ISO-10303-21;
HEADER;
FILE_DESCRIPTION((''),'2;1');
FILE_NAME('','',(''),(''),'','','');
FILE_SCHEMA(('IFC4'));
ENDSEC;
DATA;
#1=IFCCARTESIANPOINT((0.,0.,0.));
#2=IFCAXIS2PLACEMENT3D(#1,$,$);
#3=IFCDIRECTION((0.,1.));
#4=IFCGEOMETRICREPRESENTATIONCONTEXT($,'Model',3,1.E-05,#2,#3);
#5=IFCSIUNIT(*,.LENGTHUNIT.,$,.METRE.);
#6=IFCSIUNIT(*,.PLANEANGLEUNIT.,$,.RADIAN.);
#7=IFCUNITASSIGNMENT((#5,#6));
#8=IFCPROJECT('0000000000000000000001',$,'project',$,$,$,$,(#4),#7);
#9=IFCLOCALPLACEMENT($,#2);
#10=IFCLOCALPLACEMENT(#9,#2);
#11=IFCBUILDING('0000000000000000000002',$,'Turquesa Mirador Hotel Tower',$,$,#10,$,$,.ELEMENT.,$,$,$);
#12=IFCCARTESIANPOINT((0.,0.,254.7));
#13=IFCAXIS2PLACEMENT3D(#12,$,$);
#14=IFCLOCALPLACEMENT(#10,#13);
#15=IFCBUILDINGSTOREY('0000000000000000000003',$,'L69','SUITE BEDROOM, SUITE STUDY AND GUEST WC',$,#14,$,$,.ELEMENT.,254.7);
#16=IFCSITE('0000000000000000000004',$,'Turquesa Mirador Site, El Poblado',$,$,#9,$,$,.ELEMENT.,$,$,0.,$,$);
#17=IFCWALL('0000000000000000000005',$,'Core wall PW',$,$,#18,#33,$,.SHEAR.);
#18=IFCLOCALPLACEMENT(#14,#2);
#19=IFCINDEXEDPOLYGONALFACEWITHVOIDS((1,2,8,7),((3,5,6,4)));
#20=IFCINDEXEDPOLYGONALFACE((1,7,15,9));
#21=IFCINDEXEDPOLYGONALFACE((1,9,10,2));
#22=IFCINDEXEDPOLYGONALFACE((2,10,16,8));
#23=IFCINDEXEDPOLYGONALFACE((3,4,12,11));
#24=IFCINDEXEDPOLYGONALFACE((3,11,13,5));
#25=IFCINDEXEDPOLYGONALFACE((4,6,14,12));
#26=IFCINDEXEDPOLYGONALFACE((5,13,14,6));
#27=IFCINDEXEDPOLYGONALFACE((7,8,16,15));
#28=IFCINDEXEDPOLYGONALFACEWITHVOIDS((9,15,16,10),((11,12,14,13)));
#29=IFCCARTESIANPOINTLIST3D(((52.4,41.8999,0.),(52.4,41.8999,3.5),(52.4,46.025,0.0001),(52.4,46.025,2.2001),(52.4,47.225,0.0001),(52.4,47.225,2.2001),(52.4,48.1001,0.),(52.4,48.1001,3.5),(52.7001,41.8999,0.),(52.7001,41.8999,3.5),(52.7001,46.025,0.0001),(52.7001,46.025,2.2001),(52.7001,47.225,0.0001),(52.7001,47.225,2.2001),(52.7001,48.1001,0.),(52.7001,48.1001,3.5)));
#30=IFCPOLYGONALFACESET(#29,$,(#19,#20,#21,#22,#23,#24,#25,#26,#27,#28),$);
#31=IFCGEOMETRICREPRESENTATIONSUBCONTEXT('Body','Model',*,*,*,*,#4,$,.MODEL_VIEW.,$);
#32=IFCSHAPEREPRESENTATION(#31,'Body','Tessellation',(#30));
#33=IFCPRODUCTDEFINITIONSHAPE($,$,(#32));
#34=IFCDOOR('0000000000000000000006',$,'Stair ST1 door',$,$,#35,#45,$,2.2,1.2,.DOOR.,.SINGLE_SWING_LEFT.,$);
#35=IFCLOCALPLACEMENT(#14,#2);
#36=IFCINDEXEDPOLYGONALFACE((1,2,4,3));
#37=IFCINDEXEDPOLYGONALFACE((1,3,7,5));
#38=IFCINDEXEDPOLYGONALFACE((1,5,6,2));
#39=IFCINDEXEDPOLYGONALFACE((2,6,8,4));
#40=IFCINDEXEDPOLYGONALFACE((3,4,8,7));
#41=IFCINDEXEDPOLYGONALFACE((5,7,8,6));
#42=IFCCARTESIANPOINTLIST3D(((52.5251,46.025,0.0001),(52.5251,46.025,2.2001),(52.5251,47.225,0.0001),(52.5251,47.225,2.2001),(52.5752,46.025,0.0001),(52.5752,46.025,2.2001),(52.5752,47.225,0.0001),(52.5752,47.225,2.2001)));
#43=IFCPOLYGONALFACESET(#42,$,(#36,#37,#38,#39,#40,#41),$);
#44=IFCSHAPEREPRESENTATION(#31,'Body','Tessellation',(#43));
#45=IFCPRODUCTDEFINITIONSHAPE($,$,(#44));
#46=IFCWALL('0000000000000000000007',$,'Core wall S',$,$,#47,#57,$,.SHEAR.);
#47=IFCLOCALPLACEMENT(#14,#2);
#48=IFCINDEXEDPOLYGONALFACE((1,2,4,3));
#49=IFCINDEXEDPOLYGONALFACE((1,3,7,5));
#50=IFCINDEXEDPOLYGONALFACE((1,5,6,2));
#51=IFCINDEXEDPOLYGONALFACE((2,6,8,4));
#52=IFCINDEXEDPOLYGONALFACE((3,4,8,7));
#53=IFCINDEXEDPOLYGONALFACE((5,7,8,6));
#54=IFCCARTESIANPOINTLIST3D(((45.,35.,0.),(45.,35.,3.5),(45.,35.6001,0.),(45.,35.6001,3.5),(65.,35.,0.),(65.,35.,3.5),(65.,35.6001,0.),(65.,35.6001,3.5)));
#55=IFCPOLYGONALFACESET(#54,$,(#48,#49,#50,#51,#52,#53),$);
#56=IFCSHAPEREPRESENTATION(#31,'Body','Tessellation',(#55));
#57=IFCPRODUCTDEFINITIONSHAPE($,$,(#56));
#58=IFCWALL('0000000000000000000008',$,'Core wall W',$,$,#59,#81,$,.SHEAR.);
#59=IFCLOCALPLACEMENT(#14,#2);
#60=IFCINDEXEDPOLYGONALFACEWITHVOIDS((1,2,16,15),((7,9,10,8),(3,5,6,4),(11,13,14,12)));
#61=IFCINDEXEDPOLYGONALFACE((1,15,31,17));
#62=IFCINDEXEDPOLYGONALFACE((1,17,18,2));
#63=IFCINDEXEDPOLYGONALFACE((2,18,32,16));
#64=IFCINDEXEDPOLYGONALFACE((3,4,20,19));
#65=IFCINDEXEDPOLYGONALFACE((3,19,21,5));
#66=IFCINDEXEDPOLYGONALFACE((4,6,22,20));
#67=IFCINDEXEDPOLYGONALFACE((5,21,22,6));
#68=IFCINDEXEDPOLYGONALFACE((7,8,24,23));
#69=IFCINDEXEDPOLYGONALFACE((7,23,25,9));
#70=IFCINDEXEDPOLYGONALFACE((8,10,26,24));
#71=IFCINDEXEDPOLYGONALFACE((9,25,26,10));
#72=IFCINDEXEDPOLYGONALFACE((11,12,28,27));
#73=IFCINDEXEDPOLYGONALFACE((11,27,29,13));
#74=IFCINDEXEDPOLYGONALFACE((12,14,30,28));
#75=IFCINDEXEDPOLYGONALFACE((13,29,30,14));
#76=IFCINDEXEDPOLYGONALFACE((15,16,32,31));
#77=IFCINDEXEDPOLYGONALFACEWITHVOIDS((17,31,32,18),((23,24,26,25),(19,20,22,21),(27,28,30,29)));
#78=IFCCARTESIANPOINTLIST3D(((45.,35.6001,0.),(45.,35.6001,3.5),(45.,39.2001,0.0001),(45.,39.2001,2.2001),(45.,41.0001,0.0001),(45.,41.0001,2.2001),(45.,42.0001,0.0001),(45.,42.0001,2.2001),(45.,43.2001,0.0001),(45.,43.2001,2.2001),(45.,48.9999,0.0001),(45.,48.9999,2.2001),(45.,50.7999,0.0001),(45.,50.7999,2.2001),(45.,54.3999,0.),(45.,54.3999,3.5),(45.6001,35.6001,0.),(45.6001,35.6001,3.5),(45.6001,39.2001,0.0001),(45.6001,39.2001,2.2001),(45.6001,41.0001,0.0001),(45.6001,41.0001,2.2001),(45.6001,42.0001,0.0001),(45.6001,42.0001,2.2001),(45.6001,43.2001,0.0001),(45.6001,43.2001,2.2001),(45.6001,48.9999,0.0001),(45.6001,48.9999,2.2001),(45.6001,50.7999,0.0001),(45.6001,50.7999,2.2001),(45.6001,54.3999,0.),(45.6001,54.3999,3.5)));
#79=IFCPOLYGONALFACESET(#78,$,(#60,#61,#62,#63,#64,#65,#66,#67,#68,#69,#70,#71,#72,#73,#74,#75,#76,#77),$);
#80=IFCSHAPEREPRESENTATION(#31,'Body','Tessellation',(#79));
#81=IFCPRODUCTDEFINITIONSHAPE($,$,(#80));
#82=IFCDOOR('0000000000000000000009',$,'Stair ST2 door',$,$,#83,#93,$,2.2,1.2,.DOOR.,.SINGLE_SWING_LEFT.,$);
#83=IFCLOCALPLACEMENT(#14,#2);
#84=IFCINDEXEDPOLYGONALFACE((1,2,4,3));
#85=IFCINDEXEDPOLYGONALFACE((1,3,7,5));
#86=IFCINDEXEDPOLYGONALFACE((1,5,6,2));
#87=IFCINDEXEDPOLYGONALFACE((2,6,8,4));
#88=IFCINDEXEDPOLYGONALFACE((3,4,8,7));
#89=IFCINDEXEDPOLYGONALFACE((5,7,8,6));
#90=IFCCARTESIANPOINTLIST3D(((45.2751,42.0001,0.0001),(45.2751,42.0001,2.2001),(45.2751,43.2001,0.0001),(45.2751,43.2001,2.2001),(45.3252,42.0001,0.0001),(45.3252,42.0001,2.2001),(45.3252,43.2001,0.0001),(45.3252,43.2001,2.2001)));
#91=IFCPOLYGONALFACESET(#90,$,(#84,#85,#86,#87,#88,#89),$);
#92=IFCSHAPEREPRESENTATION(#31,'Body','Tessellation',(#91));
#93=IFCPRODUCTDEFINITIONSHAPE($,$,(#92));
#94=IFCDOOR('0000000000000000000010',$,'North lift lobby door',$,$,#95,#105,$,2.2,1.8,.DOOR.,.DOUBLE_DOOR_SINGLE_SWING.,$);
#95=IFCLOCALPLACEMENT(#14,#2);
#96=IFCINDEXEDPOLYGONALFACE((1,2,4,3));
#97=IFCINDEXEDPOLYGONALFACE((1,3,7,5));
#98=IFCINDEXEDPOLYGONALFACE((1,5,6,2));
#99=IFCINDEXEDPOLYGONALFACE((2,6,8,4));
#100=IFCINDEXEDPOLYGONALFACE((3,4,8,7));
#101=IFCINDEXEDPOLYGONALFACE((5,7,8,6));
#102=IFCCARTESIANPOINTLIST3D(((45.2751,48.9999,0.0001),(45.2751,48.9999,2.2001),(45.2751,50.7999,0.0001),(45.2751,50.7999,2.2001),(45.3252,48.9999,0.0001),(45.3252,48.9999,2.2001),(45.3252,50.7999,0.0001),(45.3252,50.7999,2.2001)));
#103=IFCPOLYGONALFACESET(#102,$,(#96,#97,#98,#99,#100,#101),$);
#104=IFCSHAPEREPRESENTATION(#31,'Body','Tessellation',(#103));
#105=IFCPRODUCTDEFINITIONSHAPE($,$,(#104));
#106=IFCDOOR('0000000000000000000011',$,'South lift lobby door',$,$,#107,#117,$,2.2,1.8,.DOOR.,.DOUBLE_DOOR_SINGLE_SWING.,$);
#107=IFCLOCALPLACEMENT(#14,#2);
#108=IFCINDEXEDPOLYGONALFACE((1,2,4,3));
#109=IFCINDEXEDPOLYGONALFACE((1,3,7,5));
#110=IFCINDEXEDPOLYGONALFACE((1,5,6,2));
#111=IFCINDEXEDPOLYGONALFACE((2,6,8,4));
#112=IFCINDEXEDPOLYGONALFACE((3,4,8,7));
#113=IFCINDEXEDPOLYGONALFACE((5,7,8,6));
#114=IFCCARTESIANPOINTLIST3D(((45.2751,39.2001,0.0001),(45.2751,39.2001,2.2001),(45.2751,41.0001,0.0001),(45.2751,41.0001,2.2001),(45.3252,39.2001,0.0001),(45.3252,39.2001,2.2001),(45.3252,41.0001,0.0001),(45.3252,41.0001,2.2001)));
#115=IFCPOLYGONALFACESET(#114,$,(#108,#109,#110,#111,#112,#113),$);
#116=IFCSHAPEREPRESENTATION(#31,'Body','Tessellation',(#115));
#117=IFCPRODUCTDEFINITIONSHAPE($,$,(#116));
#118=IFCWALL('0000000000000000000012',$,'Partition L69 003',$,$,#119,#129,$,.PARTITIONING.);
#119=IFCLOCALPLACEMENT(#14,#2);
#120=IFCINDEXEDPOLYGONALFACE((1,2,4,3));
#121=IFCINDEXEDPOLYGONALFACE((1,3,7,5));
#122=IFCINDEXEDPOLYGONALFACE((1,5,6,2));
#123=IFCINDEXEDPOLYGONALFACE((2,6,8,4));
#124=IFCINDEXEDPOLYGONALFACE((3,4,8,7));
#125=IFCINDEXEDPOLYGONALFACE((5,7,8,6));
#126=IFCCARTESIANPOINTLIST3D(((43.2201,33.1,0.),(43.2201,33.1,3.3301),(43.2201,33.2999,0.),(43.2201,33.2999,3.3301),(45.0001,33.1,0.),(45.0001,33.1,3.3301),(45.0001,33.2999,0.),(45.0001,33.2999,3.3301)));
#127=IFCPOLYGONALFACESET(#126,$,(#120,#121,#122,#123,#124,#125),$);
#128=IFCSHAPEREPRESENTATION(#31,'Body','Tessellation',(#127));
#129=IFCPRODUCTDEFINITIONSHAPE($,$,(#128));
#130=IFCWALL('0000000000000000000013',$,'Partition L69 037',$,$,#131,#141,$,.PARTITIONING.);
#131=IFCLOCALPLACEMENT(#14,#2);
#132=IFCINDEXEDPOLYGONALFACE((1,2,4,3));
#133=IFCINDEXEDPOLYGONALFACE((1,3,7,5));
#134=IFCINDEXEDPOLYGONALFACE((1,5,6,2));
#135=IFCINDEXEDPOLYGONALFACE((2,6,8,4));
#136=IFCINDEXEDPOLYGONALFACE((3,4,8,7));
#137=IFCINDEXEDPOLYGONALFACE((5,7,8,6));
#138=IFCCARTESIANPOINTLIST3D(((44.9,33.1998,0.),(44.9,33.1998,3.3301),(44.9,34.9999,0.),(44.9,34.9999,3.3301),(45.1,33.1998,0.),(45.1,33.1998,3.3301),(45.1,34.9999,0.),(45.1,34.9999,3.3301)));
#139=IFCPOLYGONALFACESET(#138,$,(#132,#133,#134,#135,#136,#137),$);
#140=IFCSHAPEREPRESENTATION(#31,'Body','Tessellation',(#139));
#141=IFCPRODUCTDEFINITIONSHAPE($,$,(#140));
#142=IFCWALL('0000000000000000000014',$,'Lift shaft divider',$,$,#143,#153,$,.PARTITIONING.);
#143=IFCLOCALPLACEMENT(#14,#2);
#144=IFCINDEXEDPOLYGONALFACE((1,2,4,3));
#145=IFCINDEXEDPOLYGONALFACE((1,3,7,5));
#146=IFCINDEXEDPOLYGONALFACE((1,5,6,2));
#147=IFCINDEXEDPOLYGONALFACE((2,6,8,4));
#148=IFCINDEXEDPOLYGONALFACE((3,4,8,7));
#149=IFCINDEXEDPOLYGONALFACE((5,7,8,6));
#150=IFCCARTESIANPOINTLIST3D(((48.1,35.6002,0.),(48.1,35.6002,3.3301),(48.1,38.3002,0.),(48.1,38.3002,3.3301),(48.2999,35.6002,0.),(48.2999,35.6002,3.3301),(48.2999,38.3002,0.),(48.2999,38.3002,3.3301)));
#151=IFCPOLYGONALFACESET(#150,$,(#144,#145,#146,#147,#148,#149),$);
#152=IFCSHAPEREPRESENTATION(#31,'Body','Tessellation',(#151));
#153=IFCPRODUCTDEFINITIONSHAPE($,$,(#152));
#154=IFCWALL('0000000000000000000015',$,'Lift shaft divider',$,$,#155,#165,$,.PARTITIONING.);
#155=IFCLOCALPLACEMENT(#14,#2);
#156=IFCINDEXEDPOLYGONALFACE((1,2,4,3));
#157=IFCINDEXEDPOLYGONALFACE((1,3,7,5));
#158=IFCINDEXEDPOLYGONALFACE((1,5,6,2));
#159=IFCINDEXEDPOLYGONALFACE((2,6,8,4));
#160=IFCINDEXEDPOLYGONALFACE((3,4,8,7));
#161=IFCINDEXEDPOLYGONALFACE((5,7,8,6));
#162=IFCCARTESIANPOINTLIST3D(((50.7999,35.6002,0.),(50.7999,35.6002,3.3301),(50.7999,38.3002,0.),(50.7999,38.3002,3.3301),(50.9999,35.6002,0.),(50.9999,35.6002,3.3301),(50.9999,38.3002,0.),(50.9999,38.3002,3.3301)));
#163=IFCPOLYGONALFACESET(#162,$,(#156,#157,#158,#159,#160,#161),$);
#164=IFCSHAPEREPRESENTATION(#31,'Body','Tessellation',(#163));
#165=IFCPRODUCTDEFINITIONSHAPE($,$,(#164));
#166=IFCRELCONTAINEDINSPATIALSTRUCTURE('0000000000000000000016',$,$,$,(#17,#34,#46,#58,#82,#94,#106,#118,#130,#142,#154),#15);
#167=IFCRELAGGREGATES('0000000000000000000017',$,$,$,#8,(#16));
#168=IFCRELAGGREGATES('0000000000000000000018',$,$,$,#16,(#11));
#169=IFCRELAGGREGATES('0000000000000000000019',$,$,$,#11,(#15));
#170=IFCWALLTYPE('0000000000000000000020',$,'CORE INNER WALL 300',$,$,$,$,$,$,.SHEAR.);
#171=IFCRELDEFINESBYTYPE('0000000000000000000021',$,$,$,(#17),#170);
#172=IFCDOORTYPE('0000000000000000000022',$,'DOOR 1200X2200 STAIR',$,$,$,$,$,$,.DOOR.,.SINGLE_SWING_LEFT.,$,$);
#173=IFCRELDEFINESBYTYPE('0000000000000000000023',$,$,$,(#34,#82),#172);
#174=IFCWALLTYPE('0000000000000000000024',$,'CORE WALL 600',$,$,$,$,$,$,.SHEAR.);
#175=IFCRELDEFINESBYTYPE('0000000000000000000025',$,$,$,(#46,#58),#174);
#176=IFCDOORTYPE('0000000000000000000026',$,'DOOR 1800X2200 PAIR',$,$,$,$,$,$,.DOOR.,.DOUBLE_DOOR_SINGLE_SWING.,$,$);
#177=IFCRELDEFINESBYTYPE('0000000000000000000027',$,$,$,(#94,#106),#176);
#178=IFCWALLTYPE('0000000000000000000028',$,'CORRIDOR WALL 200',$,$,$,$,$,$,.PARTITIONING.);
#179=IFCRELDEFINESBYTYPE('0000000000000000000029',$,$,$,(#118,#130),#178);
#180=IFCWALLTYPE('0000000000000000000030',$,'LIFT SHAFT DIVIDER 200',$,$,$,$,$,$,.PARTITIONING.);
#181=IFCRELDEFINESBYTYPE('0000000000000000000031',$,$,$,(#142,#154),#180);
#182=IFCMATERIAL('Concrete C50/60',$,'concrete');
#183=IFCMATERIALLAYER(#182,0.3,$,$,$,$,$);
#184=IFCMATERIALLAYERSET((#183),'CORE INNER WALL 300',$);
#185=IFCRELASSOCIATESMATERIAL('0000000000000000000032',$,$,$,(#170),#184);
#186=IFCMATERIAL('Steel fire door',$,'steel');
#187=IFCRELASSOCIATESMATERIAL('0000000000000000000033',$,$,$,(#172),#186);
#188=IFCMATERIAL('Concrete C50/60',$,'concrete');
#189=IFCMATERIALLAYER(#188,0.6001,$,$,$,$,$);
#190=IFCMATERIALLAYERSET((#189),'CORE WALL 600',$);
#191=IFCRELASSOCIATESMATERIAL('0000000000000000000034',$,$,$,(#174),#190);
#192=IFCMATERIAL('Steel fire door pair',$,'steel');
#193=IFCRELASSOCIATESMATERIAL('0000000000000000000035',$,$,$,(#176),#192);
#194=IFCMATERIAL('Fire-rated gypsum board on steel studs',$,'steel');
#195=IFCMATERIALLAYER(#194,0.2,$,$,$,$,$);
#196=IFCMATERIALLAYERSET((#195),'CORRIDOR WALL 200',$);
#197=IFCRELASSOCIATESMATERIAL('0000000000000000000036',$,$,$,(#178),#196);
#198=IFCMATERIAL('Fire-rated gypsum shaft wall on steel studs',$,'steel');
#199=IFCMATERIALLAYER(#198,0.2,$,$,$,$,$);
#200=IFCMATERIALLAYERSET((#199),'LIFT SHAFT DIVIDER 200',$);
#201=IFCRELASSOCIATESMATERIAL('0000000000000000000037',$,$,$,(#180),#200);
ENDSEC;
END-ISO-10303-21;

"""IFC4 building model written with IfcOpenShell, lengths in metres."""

from ifc_helpers import new_model, si_unit, direction, frame, frame_2d, origin, place, context, subcontext, project, spatial, rectangle, extrude, material, layer, layer_set, type_object, element, fill, save


model = new_model("IFC4")

# Units and contexts
model_context = context("Model", 3, precision=1e-05, world=origin(), true_north=direction((0.0, 1.0)))
body_context = subcontext(model_context, "Body", "Model", "MODEL_VIEW")
ifc_project = project(units=[si_unit("LENGTHUNIT", "METRE"), si_unit("PLANEANGLEUNIT", "RADIAN")], contexts=[model_context])

# Site, building, storey
site_placement = place(None, origin())
site = spatial("IfcSite", under=ifc_project, at=site_placement, Name="Turquesa Mirador Site, El Poblado", CompositionType="ELEMENT", RefElevation=0.0)
building_placement = place(site_placement, origin())
building = spatial("IfcBuilding", under=site, at=building_placement, Name="Turquesa Mirador Hotel Tower", CompositionType="ELEMENT")
storey_placement = place(building_placement, frame((0.0, 0.0, 254.7)))
storey = spatial("IfcBuildingStorey", under=building, at=storey_placement, Name="L69", Description="SUITE BEDROOM, SUITE STUDY AND GUEST WC", CompositionType="ELEMENT", Elevation=254.7)

# Shared definitions
ifc_material_1 = material(Name="Concrete C50/60", Category="concrete")
ifc_layer_1 = layer(ifc_material_1, 0.3)
ifc_layer_set_1 = layer_set([ifc_layer_1], Name="CORE INNER WALL 300")
wall_type_1 = type_object("IfcWallType", Name="CORE INNER WALL 300", PredefinedType="SHEAR", material=ifc_layer_set_1)

# Wall, opening, door
wall_1_placement = place(storey_placement, frame((52.55, 41.8999, 0.0), z_axis=(0.0, 0.0, 1.0), x_axis=(0.0, 1.0, 0.0)))
wall_1 = element("IfcWall", 1, at=wall_1_placement, inside=storey, type_object=wall_type_1, Name="Core wall PW", PredefinedType="SHEAR", context=body_context, shape_type="SweptSolid", body=[
    extrude(rectangle(XDim=6.2002, YDim=0.3, at=frame_2d((3.1001, 0.0))), origin(), (0.0, 0.0, 1.0), 3.5),
])
opening_1_placement = place(wall_1_placement, frame((4.125, 0.0, 0.0)))
opening_1 = element("IfcOpeningElement", 2, at=opening_1_placement, cuts=wall_1, PredefinedType="OPENING", context=body_context, shape_type="SweptSolid", body=[
    extrude(rectangle(XDim=1.2, YDim=2.2, at=frame_2d((0.6001, 1.1001))), frame((0.0, 0.1599, 0.0), z_axis=(0.0, -1.0, 0.0), x_axis=(1.0, 0.0, 0.0)), (0.0, 0.0, 1.0), 0.3201),
])
ifc_material_2 = material(Name="Steel fire door", Category="steel")
door_type_1 = type_object("IfcDoorType", Name="DOOR 1200X2200 STAIR", OperationType="SINGLE_SWING_LEFT", PredefinedType="DOOR", material=ifc_material_2)
door_1_placement = place(opening_1_placement, origin())
door_1 = element("IfcDoor", 3, at=door_1_placement, inside=storey, type_object=door_type_1, Name="Stair ST1 door", OperationType="SINGLE_SWING_LEFT", OverallHeight=2.2, OverallWidth=1.2, PredefinedType="DOOR", context=body_context, shape_type="SweptSolid", body=[
    extrude(rectangle(XDim=1.2, YDim=2.2, at=frame_2d((0.6001, 1.1001))), frame((0.0, 0.0249, 0.0), z_axis=(0.0, -1.0, 0.0), x_axis=(1.0, 0.0, 0.0)), (0.0, 0.0, 1.0), 0.05),
])
fill(opening_1, door_1)

# Wall
ifc_material_3 = material(Name="Concrete C50/60", Category="concrete")
ifc_layer_2 = layer(ifc_material_3, 0.6001)
ifc_layer_set_2 = layer_set([ifc_layer_2], Name="CORE WALL 600")
wall_type_2 = type_object("IfcWallType", Name="CORE WALL 600", PredefinedType="SHEAR", material=ifc_layer_set_2)
wall_2_placement = place(storey_placement, frame((45.0, 35.3, 0.0), z_axis=(0.0, 0.0, 1.0), x_axis=(1.0, 0.0, 0.0)))
element("IfcWall", 4, at=wall_2_placement, inside=storey, type_object=wall_type_2, Name="Core wall S", PredefinedType="SHEAR", context=body_context, shape_type="SweptSolid", body=[
    extrude(rectangle(XDim=20.0, YDim=0.6001, at=frame_2d((10.0, 0.0))), origin(), (0.0, 0.0, 1.0), 3.5),
])

# Wall, openings, doors
wall_3_placement = place(storey_placement, frame((45.3, 35.6001, 0.0), z_axis=(0.0, 0.0, 1.0), x_axis=(0.0, 1.0, 0.0)))
wall_3 = element("IfcWall", 5, at=wall_3_placement, inside=storey, type_object=wall_type_2, Name="Core wall W", PredefinedType="SHEAR", context=body_context, shape_type="SweptSolid", body=[
    extrude(rectangle(XDim=18.7998, YDim=0.6001, at=frame_2d((9.3999, 0.0))), origin(), (0.0, 0.0, 1.0), 3.5),
])
opening_2_placement = place(wall_3_placement, frame((13.3999, 0.0, 0.0)))
opening_2 = element("IfcOpeningElement", 6, at=opening_2_placement, cuts=wall_3, PredefinedType="OPENING", context=body_context, shape_type="SweptSolid", body=[
    extrude(rectangle(XDim=1.8, YDim=2.2, at=frame_2d((0.8999, 1.1001))), frame((0.0, 0.3101, 0.0), z_axis=(0.0, -1.0, 0.0), x_axis=(1.0, 0.0, 0.0)), (0.0, 0.0, 1.0), 0.6201),
])
opening_3_placement = place(wall_3_placement, frame((3.6001, 0.0, 0.0)))
opening_3 = element("IfcOpeningElement", 7, at=opening_3_placement, cuts=wall_3, PredefinedType="OPENING", context=body_context, shape_type="SweptSolid", body=[
    extrude(rectangle(XDim=1.8, YDim=2.2, at=frame_2d((0.8999, 1.1001))), frame((0.0, 0.3101, 0.0), z_axis=(0.0, -1.0, 0.0), x_axis=(1.0, 0.0, 0.0)), (0.0, 0.0, 1.0), 0.6201),
])
opening_4_placement = place(wall_3_placement, frame((6.3999, 0.0, 0.0)))
opening_4 = element("IfcOpeningElement", 8, at=opening_4_placement, cuts=wall_3, PredefinedType="OPENING", context=body_context, shape_type="SweptSolid", body=[
    extrude(rectangle(XDim=1.2, YDim=2.2, at=frame_2d((0.6001, 1.1001))), frame((0.0, 0.3101, 0.0), z_axis=(0.0, -1.0, 0.0), x_axis=(1.0, 0.0, 0.0)), (0.0, 0.0, 1.0), 0.6201),
])
door_2_placement = place(opening_4_placement, origin())
door_2 = element("IfcDoor", 9, at=door_2_placement, inside=storey, type_object=door_type_1, Name="Stair ST2 door", OperationType="SINGLE_SWING_LEFT", OverallHeight=2.2, OverallWidth=1.2, PredefinedType="DOOR", context=body_context, shape_type="SweptSolid", body=[
    extrude(rectangle(XDim=1.2, YDim=2.2, at=frame_2d((0.6001, 1.1001))), frame((0.0, 0.0249, 0.0), z_axis=(0.0, -1.0, 0.0), x_axis=(1.0, 0.0, 0.0)), (0.0, 0.0, 1.0), 0.05),
])
fill(opening_4, door_2)
ifc_material_4 = material(Name="Steel fire door pair", Category="steel")
door_type_2 = type_object("IfcDoorType", Name="DOOR 1800X2200 PAIR", OperationType="DOUBLE_DOOR_SINGLE_SWING", PredefinedType="DOOR", material=ifc_material_4)
door_3_placement = place(opening_2_placement, origin())
door_3 = element("IfcDoor", 10, at=door_3_placement, inside=storey, type_object=door_type_2, Name="North lift lobby door", OperationType="DOUBLE_DOOR_SINGLE_SWING", OverallHeight=2.2, OverallWidth=1.8, PredefinedType="DOOR", context=body_context, shape_type="SweptSolid", body=[
    extrude(rectangle(XDim=1.8, YDim=2.2, at=frame_2d((0.8999, 1.1001))), frame((0.0, 0.0249, 0.0), z_axis=(0.0, -1.0, 0.0), x_axis=(1.0, 0.0, 0.0)), (0.0, 0.0, 1.0), 0.05),
])
fill(opening_2, door_3)
door_4_placement = place(opening_3_placement, origin())
door_4 = element("IfcDoor", 11, at=door_4_placement, inside=storey, type_object=door_type_2, Name="South lift lobby door", OperationType="DOUBLE_DOOR_SINGLE_SWING", OverallHeight=2.2, OverallWidth=1.8, PredefinedType="DOOR", context=body_context, shape_type="SweptSolid", body=[
    extrude(rectangle(XDim=1.8, YDim=2.2, at=frame_2d((0.8999, 1.1001))), frame((0.0, 0.0249, 0.0), z_axis=(0.0, -1.0, 0.0), x_axis=(1.0, 0.0, 0.0)), (0.0, 0.0, 1.0), 0.05),
])
fill(opening_3, door_4)

# Walls
ifc_material_5 = material(Name="Fire-rated gypsum board on steel studs", Category="steel")
ifc_layer_3 = layer(ifc_material_5, 0.2)
ifc_layer_set_3 = layer_set([ifc_layer_3], Name="CORRIDOR WALL 200")
wall_type_3 = type_object("IfcWallType", Name="CORRIDOR WALL 200", PredefinedType="PARTITIONING", material=ifc_layer_set_3)
wall_4_placement = place(storey_placement, frame((43.22, 33.2, 0.0), z_axis=(0.0, 0.0, 1.0), x_axis=(1.0, 0.0, 0.0)))
element("IfcWall", 12, at=wall_4_placement, inside=storey, type_object=wall_type_3, Name="Partition L69 003", PredefinedType="PARTITIONING", context=body_context, shape_type="SweptSolid", body=[
    extrude(rectangle(XDim=1.78, YDim=0.2, at=frame_2d((0.8901, 0.0))), origin(), (0.0, 0.0, 1.0), 3.3301),
])
wall_5_placement = place(storey_placement, frame((45.0, 33.2, 0.0), z_axis=(0.0, 0.0, 1.0), x_axis=(0.0, 1.0, 0.0)))
element("IfcWall", 13, at=wall_5_placement, inside=storey, type_object=wall_type_3, Name="Partition L69 037", PredefinedType="PARTITIONING", context=body_context, shape_type="SweptSolid", body=[
    extrude(rectangle(XDim=1.8, YDim=0.2, at=frame_2d((0.8999, 0.0))), origin(), (0.0, 0.0, 1.0), 3.3301),
])
ifc_material_6 = material(Name="Fire-rated gypsum shaft wall on steel studs", Category="steel")
ifc_layer_4 = layer(ifc_material_6, 0.2)
ifc_layer_set_4 = layer_set([ifc_layer_4], Name="LIFT SHAFT DIVIDER 200")
wall_type_4 = type_object("IfcWallType", Name="LIFT SHAFT DIVIDER 200", PredefinedType="PARTITIONING", material=ifc_layer_set_4)
for number, where, z_axis, x_axis, name in (
    (14, (48.2, 35.6001, 0.0), (0.0, 0.0, 1.0), (0.0, 1.0, 0.0), "Lift shaft divider"),
    (15, (50.8999, 35.6001, 0.0), (0.0, 0.0, 1.0), (0.0, 1.0, 0.0), "Lift shaft divider"),
):
    element("IfcWall", number, at=place(storey_placement, frame(where, z_axis=z_axis, x_axis=x_axis)), inside=storey, type_object=wall_type_4, Name=name, PredefinedType="PARTITIONING", context=body_context, shape_type="SweptSolid", body=[
        extrude(rectangle(XDim=2.7, YDim=0.2, at=frame_2d((1.3501, 0.0))), origin(), (0.0, 0.0, 1.0), 3.3301),
    ])

save(model, "model.ifc")
